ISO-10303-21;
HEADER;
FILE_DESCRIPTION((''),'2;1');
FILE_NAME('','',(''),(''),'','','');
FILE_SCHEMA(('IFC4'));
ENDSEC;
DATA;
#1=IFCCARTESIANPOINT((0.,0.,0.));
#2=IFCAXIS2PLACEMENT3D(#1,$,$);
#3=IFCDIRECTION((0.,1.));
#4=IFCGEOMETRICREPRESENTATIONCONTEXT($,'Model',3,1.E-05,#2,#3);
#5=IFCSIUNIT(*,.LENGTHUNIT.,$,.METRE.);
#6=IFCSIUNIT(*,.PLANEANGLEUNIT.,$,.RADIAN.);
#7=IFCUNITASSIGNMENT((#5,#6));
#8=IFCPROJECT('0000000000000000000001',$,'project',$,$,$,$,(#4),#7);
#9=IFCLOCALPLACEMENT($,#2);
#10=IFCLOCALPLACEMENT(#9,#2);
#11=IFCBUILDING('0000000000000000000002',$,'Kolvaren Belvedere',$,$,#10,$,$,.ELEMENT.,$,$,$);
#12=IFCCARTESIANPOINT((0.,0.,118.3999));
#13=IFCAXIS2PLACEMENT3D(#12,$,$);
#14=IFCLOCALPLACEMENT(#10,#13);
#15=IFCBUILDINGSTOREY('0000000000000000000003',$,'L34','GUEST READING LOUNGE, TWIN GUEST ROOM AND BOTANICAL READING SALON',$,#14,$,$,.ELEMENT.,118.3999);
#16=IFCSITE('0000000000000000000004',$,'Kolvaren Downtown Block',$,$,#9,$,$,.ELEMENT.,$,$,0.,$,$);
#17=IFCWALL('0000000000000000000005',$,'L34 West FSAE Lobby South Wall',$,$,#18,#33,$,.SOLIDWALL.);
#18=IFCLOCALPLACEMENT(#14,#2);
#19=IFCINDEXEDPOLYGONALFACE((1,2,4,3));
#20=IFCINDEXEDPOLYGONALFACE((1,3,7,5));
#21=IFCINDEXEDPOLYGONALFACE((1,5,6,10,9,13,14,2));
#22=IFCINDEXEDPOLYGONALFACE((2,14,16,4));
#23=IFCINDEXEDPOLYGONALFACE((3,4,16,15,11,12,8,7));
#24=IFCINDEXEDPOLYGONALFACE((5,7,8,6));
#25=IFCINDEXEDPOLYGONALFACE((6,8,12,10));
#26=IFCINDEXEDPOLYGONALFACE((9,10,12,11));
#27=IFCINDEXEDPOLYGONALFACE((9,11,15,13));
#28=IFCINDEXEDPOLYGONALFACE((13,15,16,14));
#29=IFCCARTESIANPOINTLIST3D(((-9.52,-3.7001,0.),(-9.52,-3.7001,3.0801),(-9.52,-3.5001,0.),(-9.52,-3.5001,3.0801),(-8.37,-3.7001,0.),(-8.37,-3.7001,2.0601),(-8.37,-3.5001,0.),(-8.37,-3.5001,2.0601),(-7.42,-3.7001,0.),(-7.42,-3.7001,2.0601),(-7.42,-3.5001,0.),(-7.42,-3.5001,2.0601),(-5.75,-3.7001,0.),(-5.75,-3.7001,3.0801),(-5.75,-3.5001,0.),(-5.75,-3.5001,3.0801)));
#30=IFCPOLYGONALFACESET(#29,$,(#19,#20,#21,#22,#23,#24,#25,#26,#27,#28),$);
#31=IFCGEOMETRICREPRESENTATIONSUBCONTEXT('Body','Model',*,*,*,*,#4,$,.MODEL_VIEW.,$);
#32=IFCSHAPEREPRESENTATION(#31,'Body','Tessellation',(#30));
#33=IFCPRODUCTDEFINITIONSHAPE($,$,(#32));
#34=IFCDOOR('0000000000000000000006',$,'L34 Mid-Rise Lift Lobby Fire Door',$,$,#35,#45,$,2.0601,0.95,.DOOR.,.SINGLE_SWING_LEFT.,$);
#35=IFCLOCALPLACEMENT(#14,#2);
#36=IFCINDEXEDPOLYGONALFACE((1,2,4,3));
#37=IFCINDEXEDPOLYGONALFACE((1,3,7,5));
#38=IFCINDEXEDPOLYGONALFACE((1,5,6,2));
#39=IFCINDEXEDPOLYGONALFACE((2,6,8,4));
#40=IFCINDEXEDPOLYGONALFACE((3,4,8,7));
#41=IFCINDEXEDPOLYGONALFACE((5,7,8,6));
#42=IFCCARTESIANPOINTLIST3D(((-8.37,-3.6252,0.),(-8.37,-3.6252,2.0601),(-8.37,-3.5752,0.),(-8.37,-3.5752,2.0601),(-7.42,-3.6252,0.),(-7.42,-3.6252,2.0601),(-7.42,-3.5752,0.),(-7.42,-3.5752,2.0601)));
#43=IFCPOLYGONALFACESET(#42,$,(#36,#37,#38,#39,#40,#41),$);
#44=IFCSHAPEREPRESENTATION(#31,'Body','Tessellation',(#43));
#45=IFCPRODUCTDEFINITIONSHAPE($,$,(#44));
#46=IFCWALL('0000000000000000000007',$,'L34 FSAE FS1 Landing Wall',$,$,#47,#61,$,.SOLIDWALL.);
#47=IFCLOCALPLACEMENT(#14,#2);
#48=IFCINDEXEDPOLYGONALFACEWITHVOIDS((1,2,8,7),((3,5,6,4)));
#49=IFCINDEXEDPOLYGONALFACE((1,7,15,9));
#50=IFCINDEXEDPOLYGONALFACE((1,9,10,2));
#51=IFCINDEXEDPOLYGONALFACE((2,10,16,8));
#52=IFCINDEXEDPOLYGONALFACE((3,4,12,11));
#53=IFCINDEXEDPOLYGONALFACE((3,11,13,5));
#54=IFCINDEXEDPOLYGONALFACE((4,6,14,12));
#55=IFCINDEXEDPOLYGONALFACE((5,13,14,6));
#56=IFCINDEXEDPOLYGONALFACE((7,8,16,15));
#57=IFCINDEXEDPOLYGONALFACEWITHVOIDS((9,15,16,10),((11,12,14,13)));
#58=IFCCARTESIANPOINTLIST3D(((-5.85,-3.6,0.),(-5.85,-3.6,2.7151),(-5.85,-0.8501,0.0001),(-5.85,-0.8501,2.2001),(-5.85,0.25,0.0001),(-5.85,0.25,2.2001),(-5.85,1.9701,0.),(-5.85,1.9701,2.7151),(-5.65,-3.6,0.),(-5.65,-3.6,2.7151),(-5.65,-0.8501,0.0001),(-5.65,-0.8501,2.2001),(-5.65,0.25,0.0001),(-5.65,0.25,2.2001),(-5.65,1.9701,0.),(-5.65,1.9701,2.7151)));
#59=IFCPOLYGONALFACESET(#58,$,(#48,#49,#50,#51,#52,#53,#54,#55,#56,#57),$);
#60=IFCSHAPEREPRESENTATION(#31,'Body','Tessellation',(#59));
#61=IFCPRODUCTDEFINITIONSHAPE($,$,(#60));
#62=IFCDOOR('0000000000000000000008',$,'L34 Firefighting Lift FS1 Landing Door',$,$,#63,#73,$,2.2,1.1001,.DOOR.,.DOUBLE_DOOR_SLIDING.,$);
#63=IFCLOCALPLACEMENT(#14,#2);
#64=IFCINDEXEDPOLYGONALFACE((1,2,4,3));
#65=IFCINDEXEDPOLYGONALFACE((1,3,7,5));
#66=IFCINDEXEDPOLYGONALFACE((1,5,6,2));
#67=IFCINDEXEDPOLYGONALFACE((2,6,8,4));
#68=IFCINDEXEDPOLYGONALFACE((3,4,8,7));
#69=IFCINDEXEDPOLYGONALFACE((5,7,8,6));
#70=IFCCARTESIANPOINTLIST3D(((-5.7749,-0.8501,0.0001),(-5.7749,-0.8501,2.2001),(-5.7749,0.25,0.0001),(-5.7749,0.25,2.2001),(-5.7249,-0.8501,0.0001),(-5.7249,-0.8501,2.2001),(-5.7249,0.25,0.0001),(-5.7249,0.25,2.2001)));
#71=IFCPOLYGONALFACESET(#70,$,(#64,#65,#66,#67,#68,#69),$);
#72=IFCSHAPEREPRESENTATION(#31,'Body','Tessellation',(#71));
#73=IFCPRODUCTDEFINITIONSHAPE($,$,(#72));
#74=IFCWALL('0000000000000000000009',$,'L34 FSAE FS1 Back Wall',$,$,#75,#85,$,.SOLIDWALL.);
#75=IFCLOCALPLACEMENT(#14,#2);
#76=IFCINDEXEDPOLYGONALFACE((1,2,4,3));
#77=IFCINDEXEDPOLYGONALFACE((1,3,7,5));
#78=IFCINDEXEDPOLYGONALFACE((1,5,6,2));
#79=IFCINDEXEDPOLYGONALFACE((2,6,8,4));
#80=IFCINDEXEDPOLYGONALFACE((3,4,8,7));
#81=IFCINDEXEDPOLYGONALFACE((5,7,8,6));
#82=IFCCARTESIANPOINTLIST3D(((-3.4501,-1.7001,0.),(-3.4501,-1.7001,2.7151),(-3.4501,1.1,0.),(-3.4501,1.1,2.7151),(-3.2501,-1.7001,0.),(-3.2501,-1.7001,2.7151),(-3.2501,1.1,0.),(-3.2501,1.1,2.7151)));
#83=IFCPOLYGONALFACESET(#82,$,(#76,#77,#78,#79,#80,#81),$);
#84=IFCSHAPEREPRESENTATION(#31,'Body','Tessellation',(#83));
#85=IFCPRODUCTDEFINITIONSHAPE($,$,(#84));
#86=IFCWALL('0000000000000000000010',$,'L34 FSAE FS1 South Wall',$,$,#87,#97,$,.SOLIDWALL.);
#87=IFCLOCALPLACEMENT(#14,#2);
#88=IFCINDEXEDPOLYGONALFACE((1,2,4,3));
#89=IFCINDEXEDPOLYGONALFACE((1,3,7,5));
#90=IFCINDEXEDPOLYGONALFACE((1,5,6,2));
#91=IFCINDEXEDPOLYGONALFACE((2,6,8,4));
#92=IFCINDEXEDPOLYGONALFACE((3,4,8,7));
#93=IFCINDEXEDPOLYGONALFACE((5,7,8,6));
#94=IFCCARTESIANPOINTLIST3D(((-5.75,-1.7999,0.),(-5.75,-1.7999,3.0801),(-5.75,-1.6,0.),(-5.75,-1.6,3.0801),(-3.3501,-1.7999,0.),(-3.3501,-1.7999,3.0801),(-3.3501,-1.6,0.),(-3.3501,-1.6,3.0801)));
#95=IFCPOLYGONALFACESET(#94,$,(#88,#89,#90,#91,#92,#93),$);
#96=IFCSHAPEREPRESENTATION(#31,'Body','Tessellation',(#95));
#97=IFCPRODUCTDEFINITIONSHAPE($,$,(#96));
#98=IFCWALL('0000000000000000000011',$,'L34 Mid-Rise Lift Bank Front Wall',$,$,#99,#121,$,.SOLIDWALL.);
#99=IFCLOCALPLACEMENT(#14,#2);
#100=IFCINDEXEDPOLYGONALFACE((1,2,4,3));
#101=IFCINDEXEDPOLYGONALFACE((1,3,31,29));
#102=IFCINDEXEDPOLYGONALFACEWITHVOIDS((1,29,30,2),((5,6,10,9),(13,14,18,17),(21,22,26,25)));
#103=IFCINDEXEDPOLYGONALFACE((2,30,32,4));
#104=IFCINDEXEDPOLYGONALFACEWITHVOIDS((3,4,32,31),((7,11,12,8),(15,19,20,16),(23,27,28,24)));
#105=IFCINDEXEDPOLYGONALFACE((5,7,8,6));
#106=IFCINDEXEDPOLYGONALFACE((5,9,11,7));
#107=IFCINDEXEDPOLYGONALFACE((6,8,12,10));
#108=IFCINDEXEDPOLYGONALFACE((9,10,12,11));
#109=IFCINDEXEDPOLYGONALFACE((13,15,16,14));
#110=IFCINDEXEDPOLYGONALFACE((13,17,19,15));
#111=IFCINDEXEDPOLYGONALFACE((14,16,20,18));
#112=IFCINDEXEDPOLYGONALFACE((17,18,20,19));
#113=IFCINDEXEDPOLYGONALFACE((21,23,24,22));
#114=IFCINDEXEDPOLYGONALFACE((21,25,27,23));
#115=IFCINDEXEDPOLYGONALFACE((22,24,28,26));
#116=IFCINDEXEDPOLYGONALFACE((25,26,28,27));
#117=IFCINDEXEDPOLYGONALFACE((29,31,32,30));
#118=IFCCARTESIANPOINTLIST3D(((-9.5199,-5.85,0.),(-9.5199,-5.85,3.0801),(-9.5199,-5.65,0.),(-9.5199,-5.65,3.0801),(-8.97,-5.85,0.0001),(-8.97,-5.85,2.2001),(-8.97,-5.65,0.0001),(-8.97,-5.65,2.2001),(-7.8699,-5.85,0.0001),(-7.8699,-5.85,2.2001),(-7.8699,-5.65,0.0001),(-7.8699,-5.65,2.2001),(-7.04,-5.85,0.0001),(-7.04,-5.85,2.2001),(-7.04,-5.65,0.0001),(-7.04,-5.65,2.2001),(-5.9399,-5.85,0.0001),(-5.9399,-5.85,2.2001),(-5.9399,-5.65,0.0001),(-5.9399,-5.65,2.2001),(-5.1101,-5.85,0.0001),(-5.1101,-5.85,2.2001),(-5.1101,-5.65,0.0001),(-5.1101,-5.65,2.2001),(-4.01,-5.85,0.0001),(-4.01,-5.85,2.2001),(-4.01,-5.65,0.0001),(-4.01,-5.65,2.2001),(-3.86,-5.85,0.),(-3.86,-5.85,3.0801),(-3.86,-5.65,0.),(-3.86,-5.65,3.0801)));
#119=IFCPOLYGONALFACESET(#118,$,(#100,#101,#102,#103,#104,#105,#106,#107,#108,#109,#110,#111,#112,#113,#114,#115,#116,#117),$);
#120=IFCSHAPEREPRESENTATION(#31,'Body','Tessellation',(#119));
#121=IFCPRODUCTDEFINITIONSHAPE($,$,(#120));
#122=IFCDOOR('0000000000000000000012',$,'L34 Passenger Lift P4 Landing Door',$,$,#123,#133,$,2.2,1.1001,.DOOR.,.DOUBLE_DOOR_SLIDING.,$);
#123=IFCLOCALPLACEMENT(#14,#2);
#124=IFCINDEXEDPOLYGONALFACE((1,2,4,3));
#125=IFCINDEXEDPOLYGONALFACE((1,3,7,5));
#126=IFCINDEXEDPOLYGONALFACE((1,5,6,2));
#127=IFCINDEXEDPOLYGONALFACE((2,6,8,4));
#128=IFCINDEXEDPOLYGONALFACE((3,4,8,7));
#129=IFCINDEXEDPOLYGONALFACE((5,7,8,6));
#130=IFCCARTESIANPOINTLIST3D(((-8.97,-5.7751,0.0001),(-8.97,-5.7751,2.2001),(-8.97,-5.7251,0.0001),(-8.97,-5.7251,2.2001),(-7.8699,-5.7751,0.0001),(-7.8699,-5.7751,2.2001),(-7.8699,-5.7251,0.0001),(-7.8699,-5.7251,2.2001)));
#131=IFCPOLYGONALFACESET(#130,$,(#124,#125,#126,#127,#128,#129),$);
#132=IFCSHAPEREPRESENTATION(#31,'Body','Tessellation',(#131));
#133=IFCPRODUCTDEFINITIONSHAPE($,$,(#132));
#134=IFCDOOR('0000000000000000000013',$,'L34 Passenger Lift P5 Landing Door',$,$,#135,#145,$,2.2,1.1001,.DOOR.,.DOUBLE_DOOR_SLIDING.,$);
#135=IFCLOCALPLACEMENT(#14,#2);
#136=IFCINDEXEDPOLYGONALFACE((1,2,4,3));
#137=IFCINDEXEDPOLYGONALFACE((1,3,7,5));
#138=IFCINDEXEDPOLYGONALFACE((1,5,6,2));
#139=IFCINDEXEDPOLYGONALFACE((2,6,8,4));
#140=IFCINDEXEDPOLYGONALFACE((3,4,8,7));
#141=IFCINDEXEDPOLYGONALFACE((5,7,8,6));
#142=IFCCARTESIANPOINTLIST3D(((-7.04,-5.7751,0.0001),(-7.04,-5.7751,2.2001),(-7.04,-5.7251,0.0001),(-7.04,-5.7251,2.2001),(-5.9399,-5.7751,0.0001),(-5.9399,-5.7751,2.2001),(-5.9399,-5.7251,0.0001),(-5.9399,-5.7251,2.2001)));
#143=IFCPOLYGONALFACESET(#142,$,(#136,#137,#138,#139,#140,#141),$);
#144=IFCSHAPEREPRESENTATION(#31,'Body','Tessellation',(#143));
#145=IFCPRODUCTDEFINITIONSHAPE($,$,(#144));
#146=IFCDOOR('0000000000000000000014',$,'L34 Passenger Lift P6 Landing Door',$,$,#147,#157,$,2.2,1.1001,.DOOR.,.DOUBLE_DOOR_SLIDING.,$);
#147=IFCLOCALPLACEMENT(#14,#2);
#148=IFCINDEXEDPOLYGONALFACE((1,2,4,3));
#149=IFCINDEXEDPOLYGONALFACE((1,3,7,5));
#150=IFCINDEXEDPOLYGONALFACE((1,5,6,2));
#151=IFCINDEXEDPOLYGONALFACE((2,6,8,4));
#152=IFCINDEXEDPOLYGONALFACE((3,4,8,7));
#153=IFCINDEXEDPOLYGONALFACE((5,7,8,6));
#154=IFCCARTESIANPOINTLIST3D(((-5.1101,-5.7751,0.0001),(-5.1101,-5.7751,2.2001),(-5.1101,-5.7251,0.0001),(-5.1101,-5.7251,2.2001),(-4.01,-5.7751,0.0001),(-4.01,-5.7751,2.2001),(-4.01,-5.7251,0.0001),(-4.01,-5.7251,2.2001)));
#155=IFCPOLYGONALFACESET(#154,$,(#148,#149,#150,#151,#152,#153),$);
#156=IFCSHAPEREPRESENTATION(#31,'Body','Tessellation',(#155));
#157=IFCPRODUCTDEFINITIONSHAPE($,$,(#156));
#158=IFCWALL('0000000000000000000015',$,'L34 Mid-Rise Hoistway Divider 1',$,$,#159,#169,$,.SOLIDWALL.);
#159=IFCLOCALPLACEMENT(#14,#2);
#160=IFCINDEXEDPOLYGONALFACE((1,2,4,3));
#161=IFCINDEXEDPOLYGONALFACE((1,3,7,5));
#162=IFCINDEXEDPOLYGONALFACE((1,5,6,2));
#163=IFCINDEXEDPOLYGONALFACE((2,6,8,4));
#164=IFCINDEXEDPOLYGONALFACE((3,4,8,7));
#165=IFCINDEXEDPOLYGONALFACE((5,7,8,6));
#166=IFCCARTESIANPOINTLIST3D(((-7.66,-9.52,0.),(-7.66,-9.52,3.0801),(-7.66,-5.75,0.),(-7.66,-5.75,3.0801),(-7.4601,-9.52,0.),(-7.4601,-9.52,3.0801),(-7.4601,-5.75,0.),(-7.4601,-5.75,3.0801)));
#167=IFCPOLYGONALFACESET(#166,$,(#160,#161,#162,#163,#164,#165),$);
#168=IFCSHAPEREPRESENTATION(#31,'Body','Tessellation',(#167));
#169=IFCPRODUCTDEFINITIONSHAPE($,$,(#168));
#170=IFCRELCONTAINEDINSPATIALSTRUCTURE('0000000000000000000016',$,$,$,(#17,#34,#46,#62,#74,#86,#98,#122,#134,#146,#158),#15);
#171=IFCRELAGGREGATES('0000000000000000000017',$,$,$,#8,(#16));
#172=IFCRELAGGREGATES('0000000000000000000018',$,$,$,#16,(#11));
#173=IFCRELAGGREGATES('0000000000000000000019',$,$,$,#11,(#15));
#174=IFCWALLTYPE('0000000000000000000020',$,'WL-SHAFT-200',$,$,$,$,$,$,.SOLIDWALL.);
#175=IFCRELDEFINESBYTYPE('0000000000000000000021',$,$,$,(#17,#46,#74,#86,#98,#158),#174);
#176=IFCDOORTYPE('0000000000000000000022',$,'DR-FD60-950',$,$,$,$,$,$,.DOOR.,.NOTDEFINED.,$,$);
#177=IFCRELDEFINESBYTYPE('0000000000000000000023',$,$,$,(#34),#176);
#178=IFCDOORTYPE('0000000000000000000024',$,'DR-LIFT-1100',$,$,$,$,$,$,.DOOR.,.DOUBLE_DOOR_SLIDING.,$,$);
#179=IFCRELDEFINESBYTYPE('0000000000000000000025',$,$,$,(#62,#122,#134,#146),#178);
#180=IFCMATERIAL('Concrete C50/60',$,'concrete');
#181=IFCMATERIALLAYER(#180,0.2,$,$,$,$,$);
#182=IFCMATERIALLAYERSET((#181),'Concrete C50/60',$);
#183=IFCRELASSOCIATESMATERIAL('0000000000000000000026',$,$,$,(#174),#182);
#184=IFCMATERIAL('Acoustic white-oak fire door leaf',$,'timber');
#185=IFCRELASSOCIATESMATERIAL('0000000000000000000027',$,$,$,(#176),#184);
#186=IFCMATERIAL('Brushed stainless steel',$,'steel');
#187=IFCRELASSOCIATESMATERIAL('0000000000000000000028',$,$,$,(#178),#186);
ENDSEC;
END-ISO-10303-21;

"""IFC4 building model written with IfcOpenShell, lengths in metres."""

from ifc_helpers import new_model, si_unit, direction, frame, frame_2d, origin, place, context, subcontext, project, spatial, rectangle, extrude, material, layer, layer_set, type_object, element, fill, save


model = new_model("IFC4")

# Units and contexts
model_context = context("Model", 3, precision=1e-05, world=origin(), true_north=direction((0.0, 1.0)))
body_context = subcontext(model_context, "Body", "Model", "MODEL_VIEW")
ifc_project = project(units=[si_unit("LENGTHUNIT", "METRE"), si_unit("PLANEANGLEUNIT", "RADIAN")], contexts=[model_context])

# Site, building, storey
site_placement = place(None, origin())
site = spatial("IfcSite", under=ifc_project, at=site_placement, Name="Kolvaren Downtown Block", CompositionType="ELEMENT", RefElevation=0.0)
building_placement = place(site_placement, origin())
building = spatial("IfcBuilding", under=site, at=building_placement, Name="Kolvaren Belvedere", CompositionType="ELEMENT")
storey_placement = place(building_placement, frame((0.0, 0.0, 118.3999)))
storey = spatial("IfcBuildingStorey", under=building, at=storey_placement, Name="L34", Description="GUEST READING LOUNGE, TWIN GUEST ROOM AND BOTANICAL READING SALON", CompositionType="ELEMENT", Elevation=118.3999)

# Walls, openings, doors
ifc_material_1 = material(Name="Concrete C50/60", Category="concrete")
ifc_layer_1 = layer(ifc_material_1, 0.2)
ifc_layer_set_1 = layer_set([ifc_layer_1], Name="Concrete C50/60")
wall_type_1 = type_object("IfcWallType", Name="WL-SHAFT-200", PredefinedType="SOLIDWALL", material=ifc_layer_set_1)
wall_1_placement = place(storey_placement, frame((-9.52, -3.6001, 0.0), z_axis=(0.0, 0.0, 1.0), x_axis=(1.0, 0.0, 0.0)))
wall_1 = element("IfcWall", 1, at=wall_1_placement, inside=storey, type_object=wall_type_1, Name="L34 West FSAE Lobby South Wall", PredefinedType="SOLIDWALL", context=body_context, shape_type="SweptSolid", body=[
    extrude(rectangle(XDim=3.77, YDim=0.2, at=frame_2d((1.885, 0.0))), origin(), (0.0, 0.0, 1.0), 3.0801),
])
opening_1_placement = place(wall_1_placement, frame((1.1499, 0.0, 0.0)))
opening_1 = element("IfcOpeningElement", 2, at=opening_1_placement, cuts=wall_1, PredefinedType="OPENING", context=body_context, shape_type="SweptSolid", body=[
    extrude(rectangle(XDim=0.95, YDim=2.0601, at=frame_2d((0.4751, 1.03))), frame((0.0, 0.1099, 0.0), z_axis=(0.0, -1.0, 0.0), x_axis=(1.0, 0.0, 0.0)), (0.0, 0.0, 1.0), 0.22),
])
ifc_material_2 = material(Name="Acoustic white-oak fire door leaf", Category="timber")
door_type_1 = type_object("IfcDoorType", Name="DR-FD60-950", OperationType="NOTDEFINED", PredefinedType="DOOR", material=ifc_material_2)
door_1_placement = place(opening_1_placement, origin())
door_1 = element("IfcDoor", 3, at=door_1_placement, inside=storey, type_object=door_type_1, Name="L34 Mid-Rise Lift Lobby Fire Door", OperationType="SINGLE_SWING_LEFT", OverallHeight=2.0601, OverallWidth=0.95, PredefinedType="DOOR", context=body_context, shape_type="SweptSolid", body=[
    extrude(rectangle(XDim=0.95, YDim=2.0601, at=frame_2d((0.4751, 1.03))), frame((0.0, 0.0249, 0.0), z_axis=(0.0, -1.0, 0.0), x_axis=(1.0, 0.0, 0.0)), (0.0, 0.0, 1.0), 0.05),
])
fill(opening_1, door_1)
wall_2_placement = place(storey_placement, frame((-5.75, -3.6001, 0.0), z_axis=(0.0, 0.0, 1.0), x_axis=(0.0, 1.0, 0.0)))
wall_2 = element("IfcWall", 4, at=wall_2_placement, inside=storey, type_object=wall_type_1, Name="L34 FSAE FS1 Landing Wall", PredefinedType="SOLIDWALL", context=body_context, shape_type="SweptSolid", body=[
    extrude(rectangle(XDim=5.5701, YDim=0.2, at=frame_2d((2.7852, 0.0))), origin(), (0.0, 0.0, 1.0), 2.7151),
])
opening_2_placement = place(wall_2_placement, frame((2.75, 0.0, 0.0)))
opening_2 = element("IfcOpeningElement", 5, at=opening_2_placement, cuts=wall_2, PredefinedType="OPENING", context=body_context, shape_type="SweptSolid", body=[
    extrude(rectangle(XDim=1.1001, YDim=2.2, at=frame_2d((0.55, 1.1001))), frame((0.0, 0.1099, 0.0), z_axis=(0.0, -1.0, 0.0), x_axis=(1.0, 0.0, 0.0)), (0.0, 0.0, 1.0), 0.22),
])
ifc_material_3 = material(Name="Brushed stainless steel", Category="steel")
door_type_2 = type_object("IfcDoorType", Name="DR-LIFT-1100", OperationType="DOUBLE_DOOR_SLIDING", PredefinedType="DOOR", material=ifc_material_3)
door_2_placement = place(opening_2_placement, origin())
door_2 = element("IfcDoor", 6, at=door_2_placement, inside=storey, type_object=door_type_2, Name="L34 Firefighting Lift FS1 Landing Door", OperationType="DOUBLE_DOOR_SLIDING", OverallHeight=2.2, OverallWidth=1.1001, PredefinedType="DOOR", context=body_context, shape_type="SweptSolid", body=[
    extrude(rectangle(XDim=1.1001, YDim=2.2, at=frame_2d((0.55, 1.1001))), frame((0.0, 0.0249, 0.0), z_axis=(0.0, -1.0, 0.0), x_axis=(1.0, 0.0, 0.0)), (0.0, 0.0, 1.0), 0.05),
])
fill(opening_2, door_2)

# Walls
wall_3_placement = place(storey_placement, frame((-3.3501, -1.7, 0.0), z_axis=(0.0, 0.0, 1.0), x_axis=(0.0, 1.0, 0.0)))
element("IfcWall", 7, at=wall_3_placement, inside=storey, type_object=wall_type_1, Name="L34 FSAE FS1 Back Wall", PredefinedType="SOLIDWALL", context=body_context, shape_type="SweptSolid", body=[
    extrude(rectangle(XDim=2.8, YDim=0.2, at=frame_2d((1.3999, 0.0))), origin(), (0.0, 0.0, 1.0), 2.7151),
])
wall_4_placement = place(storey_placement, frame((-5.75, -1.7, 0.0), z_axis=(0.0, 0.0, 1.0), x_axis=(1.0, 0.0, 0.0)))
element("IfcWall", 8, at=wall_4_placement, inside=storey, type_object=wall_type_1, Name="L34 FSAE FS1 South Wall", PredefinedType="SOLIDWALL", context=body_context, shape_type="SweptSolid", body=[
    extrude(rectangle(XDim=2.3999, YDim=0.2, at=frame_2d((1.2, 0.0))), origin(), (0.0, 0.0, 1.0), 3.0801),
])

# Wall, openings, doors
wall_5_placement = place(storey_placement, frame((-9.52, -5.75, 0.0), z_axis=(0.0, 0.0, 1.0), x_axis=(1.0, 0.0, 0.0)))
wall_5 = element("IfcWall", 9, at=wall_5_placement, inside=storey, type_object=wall_type_1, Name="L34 Mid-Rise Lift Bank Front Wall", PredefinedType="SOLIDWALL", context=body_context, shape_type="SweptSolid", body=[
    extrude(rectangle(XDim=5.6599, YDim=0.2, at=frame_2d((2.8301, 0.0))), origin(), (0.0, 0.0, 1.0), 3.0801),
])
opening_3_placement = place(wall_5_placement, frame((0.55, 0.0, 0.0)))
opening_3 = element("IfcOpeningElement", 10, at=opening_3_placement, cuts=wall_5, PredefinedType="OPENING", context=body_context, shape_type="SweptSolid", body=[
    extrude(rectangle(XDim=1.1001, YDim=2.2, at=frame_2d((0.55, 1.1001))), frame((0.0, 0.1099, 0.0), z_axis=(0.0, -1.0, 0.0), x_axis=(1.0, 0.0, 0.0)), (0.0, 0.0, 1.0), 0.22),
])
opening_4_placement = place(wall_5_placement, frame((2.48, 0.0, 0.0)))
opening_4 = element("IfcOpeningElement", 11, at=opening_4_placement, cuts=wall_5, PredefinedType="OPENING", context=body_context, shape_type="SweptSolid", body=[
    extrude(rectangle(XDim=1.1001, YDim=2.2, at=frame_2d((0.55, 1.1001))), frame((0.0, 0.1099, 0.0), z_axis=(0.0, -1.0, 0.0), x_axis=(1.0, 0.0, 0.0)), (0.0, 0.0, 1.0), 0.22),
])
opening_5_placement = place(wall_5_placement, frame((4.4099, 0.0, 0.0)))
opening_5 = element("IfcOpeningElement", 12, at=opening_5_placement, cuts=wall_5, PredefinedType="OPENING", context=body_context, shape_type="SweptSolid", body=[
    extrude(rectangle(XDim=1.1001, YDim=2.2, at=frame_2d((0.55, 1.1001))), frame((0.0, 0.1099, 0.0), z_axis=(0.0, -1.0, 0.0), x_axis=(1.0, 0.0, 0.0)), (0.0, 0.0, 1.0), 0.22),
])
door_3_placement = place(opening_3_placement, origin())
door_3 = element("IfcDoor", 13, at=door_3_placement, inside=storey, type_object=door_type_2, Name="L34 Passenger Lift P4 Landing Door", OperationType="DOUBLE_DOOR_SLIDING", OverallHeight=2.2, OverallWidth=1.1001, PredefinedType="DOOR", context=body_context, shape_type="SweptSolid", body=[
    extrude(rectangle(XDim=1.1001, YDim=2.2, at=frame_2d((0.55, 1.1001))), frame((0.0, 0.0249, 0.0), z_axis=(0.0, -1.0, 0.0), x_axis=(1.0, 0.0, 0.0)), (0.0, 0.0, 1.0), 0.05),
])
fill(opening_3, door_3)
door_4_placement = place(opening_4_placement, origin())
door_4 = element("IfcDoor", 14, at=door_4_placement, inside=storey, type_object=door_type_2, Name="L34 Passenger Lift P5 Landing Door", OperationType="DOUBLE_DOOR_SLIDING", OverallHeight=2.2, OverallWidth=1.1001, PredefinedType="DOOR", context=body_context, shape_type="SweptSolid", body=[
    extrude(rectangle(XDim=1.1001, YDim=2.2, at=frame_2d((0.55, 1.1001))), frame((0.0, 0.0249, 0.0), z_axis=(0.0, -1.0, 0.0), x_axis=(1.0, 0.0, 0.0)), (0.0, 0.0, 1.0), 0.05),
])
fill(opening_4, door_4)
door_5_placement = place(opening_5_placement, origin())
door_5 = element("IfcDoor", 15, at=door_5_placement, inside=storey, type_object=door_type_2, Name="L34 Passenger Lift P6 Landing Door", OperationType="DOUBLE_DOOR_SLIDING", OverallHeight=2.2, OverallWidth=1.1001, PredefinedType="DOOR", context=body_context, shape_type="SweptSolid", body=[
    extrude(rectangle(XDim=1.1001, YDim=2.2, at=frame_2d((0.55, 1.1001))), frame((0.0, 0.0249, 0.0), z_axis=(0.0, -1.0, 0.0), x_axis=(1.0, 0.0, 0.0)), (0.0, 0.0, 1.0), 0.05),
])
fill(opening_5, door_5)

# Wall
for number, where, z_axis, x_axis, name in (
    (16, (-7.5601, -9.52, 0.0), (0.0, 0.0, 1.0), (0.0, 1.0, 0.0), "L34 Mid-Rise Hoistway Divider 1"),
):
    element("IfcWall", number, at=place(storey_placement, frame(where, z_axis=z_axis, x_axis=x_axis)), inside=storey, type_object=wall_type_1, Name=name, PredefinedType="SOLIDWALL", context=body_context, shape_type="SweptSolid", body=[
        extrude(rectangle(XDim=3.77, YDim=0.2, at=frame_2d((1.885, 0.0))), origin(), (0.0, 0.0, 1.0), 3.0801),
    ])

save(model, "model.ifc")
